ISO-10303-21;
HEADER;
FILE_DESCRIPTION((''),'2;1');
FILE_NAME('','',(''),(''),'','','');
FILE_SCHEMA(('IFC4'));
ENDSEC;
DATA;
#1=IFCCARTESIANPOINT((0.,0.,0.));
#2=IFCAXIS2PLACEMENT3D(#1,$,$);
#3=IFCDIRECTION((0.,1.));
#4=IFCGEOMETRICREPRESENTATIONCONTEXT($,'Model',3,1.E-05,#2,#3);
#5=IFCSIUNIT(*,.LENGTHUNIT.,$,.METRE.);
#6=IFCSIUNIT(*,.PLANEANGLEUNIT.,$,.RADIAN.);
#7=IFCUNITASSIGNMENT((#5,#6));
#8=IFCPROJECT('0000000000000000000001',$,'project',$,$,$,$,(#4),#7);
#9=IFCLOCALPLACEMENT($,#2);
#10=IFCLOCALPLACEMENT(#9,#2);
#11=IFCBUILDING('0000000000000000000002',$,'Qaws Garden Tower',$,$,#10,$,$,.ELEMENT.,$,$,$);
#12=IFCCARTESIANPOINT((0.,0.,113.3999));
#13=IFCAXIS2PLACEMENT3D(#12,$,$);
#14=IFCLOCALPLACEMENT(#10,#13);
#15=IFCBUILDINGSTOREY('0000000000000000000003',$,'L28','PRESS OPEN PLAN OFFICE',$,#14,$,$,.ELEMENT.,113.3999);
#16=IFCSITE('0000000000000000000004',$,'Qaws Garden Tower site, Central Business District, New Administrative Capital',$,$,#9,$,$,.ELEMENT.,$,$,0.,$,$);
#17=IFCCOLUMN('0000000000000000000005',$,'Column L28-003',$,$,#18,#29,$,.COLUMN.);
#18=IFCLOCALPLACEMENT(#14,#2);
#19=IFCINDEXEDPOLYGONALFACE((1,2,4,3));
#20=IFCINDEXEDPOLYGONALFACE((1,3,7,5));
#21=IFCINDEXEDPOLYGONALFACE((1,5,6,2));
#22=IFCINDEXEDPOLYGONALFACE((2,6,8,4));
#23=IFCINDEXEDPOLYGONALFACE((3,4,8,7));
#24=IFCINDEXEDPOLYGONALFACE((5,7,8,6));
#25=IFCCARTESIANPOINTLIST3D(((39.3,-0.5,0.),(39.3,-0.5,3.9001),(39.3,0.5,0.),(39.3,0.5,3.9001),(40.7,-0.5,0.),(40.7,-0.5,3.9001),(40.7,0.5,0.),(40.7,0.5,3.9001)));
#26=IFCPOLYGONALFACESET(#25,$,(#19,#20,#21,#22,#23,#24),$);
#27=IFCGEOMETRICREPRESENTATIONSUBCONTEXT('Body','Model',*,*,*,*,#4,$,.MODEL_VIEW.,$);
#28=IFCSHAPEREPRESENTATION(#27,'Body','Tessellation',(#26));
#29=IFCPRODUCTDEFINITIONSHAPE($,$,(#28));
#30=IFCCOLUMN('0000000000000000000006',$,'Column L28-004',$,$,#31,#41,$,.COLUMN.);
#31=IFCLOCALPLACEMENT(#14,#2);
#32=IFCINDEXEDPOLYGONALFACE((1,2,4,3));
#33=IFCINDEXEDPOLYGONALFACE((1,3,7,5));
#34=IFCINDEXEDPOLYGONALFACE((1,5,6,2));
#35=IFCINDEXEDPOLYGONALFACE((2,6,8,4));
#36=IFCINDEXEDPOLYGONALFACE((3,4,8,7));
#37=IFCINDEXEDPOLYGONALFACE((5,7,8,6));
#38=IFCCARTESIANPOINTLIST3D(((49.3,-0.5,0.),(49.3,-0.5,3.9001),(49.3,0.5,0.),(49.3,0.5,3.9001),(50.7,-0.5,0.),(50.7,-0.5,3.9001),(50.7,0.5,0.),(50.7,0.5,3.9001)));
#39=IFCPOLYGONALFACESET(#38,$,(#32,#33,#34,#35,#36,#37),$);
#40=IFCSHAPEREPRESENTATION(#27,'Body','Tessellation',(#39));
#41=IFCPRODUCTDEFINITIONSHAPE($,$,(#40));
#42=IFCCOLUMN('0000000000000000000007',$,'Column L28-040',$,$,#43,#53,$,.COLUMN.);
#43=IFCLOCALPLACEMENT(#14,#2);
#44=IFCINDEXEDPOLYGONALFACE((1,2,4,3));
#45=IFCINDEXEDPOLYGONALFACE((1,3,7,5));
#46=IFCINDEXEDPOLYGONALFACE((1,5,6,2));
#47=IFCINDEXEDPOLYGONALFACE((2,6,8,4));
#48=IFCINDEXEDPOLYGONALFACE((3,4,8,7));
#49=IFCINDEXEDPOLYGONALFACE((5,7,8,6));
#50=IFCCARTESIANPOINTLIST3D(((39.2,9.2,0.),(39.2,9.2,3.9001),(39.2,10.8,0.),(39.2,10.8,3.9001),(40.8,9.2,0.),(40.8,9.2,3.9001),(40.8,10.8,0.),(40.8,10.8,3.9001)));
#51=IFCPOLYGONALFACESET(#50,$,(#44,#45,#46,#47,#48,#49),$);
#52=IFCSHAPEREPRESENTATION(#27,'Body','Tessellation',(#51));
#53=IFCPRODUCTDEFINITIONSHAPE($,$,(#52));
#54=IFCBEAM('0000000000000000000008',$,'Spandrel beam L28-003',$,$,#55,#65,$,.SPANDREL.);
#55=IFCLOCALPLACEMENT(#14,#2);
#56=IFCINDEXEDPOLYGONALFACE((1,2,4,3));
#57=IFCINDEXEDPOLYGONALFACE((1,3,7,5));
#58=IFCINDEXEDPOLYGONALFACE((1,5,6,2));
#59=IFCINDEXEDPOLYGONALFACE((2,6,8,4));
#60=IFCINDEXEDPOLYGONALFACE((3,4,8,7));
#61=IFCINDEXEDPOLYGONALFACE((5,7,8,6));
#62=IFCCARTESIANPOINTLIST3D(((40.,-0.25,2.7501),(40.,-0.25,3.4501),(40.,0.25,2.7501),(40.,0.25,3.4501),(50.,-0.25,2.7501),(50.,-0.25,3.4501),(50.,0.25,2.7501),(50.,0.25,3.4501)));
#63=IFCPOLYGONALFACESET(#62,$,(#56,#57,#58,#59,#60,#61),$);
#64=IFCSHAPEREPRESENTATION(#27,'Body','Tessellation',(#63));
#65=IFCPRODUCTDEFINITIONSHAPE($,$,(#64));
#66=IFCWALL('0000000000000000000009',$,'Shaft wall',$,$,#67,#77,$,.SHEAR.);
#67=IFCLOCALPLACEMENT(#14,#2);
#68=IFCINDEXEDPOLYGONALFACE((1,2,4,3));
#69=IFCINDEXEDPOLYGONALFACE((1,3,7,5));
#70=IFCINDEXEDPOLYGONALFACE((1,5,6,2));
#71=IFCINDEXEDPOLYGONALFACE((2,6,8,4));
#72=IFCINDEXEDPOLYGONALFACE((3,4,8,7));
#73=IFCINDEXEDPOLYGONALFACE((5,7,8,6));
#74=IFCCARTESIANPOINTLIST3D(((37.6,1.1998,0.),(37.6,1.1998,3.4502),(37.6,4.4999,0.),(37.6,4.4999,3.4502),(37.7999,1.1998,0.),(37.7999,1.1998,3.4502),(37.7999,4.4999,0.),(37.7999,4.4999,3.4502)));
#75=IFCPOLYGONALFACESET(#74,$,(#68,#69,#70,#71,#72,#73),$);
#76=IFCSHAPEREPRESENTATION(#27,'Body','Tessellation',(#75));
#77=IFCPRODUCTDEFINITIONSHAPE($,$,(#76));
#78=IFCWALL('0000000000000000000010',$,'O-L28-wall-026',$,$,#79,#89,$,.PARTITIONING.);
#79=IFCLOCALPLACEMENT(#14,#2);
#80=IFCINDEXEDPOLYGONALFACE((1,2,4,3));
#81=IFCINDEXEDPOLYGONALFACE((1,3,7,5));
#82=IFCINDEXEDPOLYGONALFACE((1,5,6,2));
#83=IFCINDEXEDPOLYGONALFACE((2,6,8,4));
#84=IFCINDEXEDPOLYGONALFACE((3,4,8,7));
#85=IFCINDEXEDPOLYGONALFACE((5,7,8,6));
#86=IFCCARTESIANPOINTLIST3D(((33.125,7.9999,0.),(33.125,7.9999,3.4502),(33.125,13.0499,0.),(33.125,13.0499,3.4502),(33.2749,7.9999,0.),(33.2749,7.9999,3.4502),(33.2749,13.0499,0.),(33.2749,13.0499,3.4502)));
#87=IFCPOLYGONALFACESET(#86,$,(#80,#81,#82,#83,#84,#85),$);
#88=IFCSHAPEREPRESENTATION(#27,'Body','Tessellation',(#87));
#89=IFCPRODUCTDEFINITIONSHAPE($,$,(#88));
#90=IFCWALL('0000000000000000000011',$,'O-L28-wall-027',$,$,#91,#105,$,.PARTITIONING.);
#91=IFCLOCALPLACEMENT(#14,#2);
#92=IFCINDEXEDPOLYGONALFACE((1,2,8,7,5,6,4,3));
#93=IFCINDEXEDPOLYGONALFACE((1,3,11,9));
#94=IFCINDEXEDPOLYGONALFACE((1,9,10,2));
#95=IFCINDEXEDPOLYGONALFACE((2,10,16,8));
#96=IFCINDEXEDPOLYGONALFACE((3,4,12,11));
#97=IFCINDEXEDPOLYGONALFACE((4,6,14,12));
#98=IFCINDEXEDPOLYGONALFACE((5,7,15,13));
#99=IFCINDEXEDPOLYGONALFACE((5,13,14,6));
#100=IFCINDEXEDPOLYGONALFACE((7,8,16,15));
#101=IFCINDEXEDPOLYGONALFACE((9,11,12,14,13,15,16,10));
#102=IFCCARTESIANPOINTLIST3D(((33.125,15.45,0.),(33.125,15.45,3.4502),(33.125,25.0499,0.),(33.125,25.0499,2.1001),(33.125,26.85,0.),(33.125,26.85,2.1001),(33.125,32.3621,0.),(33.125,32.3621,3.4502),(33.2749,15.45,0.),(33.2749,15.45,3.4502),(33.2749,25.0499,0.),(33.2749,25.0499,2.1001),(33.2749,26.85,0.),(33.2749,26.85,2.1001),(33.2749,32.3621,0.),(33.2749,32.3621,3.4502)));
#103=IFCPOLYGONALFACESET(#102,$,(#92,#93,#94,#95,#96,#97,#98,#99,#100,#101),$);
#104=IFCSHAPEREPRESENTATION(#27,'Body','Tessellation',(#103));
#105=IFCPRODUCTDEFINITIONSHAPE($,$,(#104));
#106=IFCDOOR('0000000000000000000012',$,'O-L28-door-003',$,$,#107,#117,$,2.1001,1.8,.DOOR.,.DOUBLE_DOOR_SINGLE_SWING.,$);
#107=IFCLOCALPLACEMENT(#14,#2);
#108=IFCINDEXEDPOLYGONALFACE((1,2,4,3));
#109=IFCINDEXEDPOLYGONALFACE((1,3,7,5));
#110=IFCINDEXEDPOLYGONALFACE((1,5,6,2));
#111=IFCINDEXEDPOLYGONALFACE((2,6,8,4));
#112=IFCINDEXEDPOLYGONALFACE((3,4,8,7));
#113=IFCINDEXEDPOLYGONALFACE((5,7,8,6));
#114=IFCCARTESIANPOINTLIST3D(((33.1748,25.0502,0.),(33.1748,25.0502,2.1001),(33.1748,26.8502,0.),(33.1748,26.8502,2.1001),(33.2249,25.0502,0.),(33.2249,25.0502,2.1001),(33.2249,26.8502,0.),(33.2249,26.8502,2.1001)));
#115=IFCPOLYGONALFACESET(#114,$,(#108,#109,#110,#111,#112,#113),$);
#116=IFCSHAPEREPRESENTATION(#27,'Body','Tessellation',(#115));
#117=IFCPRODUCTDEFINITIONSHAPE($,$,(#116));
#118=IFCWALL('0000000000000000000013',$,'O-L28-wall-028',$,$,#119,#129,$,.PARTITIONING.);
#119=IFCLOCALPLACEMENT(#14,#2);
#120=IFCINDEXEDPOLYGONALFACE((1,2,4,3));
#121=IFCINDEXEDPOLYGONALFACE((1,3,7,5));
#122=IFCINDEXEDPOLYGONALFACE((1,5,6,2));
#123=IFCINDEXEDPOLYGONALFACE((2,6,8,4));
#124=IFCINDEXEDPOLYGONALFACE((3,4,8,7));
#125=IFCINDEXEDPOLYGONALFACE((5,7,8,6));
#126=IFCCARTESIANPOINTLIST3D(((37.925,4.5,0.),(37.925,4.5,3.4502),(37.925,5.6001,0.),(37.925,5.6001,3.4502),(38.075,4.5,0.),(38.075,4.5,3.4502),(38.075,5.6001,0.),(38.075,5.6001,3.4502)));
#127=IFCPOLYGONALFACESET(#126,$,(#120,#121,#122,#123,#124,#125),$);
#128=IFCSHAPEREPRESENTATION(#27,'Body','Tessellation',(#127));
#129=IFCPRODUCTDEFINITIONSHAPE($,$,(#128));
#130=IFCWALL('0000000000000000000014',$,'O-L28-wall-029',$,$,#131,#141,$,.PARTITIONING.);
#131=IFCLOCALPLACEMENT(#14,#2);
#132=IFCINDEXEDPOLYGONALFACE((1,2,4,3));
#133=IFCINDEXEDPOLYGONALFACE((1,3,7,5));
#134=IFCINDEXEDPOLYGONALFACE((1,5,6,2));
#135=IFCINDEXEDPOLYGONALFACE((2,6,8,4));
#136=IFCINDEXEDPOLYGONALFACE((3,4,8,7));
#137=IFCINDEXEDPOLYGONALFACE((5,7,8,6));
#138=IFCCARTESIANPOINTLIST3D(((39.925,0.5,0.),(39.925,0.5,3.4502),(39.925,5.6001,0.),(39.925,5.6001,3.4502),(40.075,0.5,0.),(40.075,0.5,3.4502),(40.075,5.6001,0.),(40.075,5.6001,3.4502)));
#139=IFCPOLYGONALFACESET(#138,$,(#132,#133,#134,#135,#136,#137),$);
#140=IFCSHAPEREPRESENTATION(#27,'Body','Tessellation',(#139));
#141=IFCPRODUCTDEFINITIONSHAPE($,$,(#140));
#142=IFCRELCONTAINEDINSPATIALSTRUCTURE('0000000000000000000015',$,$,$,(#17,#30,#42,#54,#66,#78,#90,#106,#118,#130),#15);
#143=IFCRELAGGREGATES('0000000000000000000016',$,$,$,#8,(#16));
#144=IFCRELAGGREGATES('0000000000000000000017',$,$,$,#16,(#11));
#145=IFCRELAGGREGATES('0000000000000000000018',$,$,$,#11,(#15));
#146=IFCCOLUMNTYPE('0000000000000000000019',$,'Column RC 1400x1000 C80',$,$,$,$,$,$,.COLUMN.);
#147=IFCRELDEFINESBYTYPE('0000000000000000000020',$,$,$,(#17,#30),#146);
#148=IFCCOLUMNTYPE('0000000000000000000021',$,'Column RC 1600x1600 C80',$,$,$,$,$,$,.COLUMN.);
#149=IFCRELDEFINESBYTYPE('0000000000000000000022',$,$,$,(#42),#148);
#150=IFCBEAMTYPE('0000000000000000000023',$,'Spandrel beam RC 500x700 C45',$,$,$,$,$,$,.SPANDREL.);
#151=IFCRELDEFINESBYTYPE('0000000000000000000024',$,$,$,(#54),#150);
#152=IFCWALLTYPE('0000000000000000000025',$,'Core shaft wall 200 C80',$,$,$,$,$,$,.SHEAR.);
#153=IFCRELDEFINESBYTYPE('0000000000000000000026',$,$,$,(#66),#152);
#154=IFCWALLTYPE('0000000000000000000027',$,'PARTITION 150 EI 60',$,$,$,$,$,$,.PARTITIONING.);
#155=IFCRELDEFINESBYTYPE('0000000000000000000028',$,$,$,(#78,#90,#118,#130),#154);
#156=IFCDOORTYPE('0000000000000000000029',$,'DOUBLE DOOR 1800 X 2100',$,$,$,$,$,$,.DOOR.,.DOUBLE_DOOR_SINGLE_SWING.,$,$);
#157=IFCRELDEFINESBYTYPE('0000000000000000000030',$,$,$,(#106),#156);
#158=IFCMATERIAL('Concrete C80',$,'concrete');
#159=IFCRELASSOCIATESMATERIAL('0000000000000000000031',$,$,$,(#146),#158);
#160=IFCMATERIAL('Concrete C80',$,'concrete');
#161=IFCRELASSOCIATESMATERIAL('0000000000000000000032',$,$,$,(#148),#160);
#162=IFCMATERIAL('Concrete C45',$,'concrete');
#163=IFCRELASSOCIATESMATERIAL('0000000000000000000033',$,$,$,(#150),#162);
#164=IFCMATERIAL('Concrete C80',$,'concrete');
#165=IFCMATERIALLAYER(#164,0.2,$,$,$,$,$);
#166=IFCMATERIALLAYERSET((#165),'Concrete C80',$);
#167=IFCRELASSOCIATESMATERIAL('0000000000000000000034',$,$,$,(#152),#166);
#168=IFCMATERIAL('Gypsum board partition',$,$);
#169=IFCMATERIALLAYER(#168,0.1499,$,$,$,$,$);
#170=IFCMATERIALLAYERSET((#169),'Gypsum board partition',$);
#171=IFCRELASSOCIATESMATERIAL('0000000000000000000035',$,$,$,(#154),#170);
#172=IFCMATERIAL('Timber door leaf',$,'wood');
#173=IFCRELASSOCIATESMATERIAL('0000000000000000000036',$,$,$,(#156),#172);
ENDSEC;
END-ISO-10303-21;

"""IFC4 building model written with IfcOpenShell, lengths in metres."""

from ifc_helpers import new_model, si_unit, direction, frame, frame_2d, origin, origin_2d, place, context, subcontext, project, spatial, rectangle, extrude, material, layer, layer_set, material_profile, profile_set, type_object, element, fill, save


model = new_model("IFC4")

# Units and contexts
model_context = context("Model", 3, precision=1e-05, world=origin(), true_north=direction((0.0, 1.0)))
body_context = subcontext(model_context, "Body", "Model", "MODEL_VIEW")
ifc_project = project(units=[si_unit("LENGTHUNIT", "METRE"), si_unit("PLANEANGLEUNIT", "RADIAN")], contexts=[model_context])

# Site, building, storey
site_placement = place(None, origin())
site = spatial("IfcSite", under=ifc_project, at=site_placement, Name="Qaws Garden Tower site, Central Business District, New Administrative Capital", CompositionType="ELEMENT", RefElevation=0.0)
building_placement = place(site_placement, origin())
building = spatial("IfcBuilding", under=site, at=building_placement, Name="Qaws Garden Tower", CompositionType="ELEMENT")
storey_placement = place(building_placement, frame((0.0, 0.0, 113.3999)))
storey = spatial("IfcBuildingStorey", under=building, at=storey_placement, Name="L28", Description="PRESS OPEN PLAN OFFICE", CompositionType="ELEMENT", Elevation=113.3999)

# Columns
ifc_material_1 = material(Name="Concrete C80", Category="concrete")
ifc_material_profile_1 = material_profile(ifc_material_1, rectangle(XDim=1.3999, YDim=1.0, at=origin_2d()), Name="RC 1400x1000")
ifc_profile_set_1 = profile_set([ifc_material_profile_1], Name="Concrete C80")
column_type_1 = type_object("IfcColumnType", Name="Column RC 1400x1000 C80", PredefinedType="COLUMN", material=ifc_profile_set_1)
for number, where, z_axis, x_axis, name in (
    (1, (40.0, 0.0, 0.0), (0.0, 0.0, 1.0), (1.0, 0.0, 0.0), "Column L28-003"),
    (2, (50.0, 0.0, 0.0), (0.0, 0.0, 1.0), (1.0, 0.0, 0.0), "Column L28-004"),
):
    element("IfcColumn", number, at=place(storey_placement, frame(where, z_axis=z_axis, x_axis=x_axis)), inside=storey, type_object=column_type_1, Name=name, PredefinedType="COLUMN", context=body_context, shape_type="SweptSolid", body=[
        extrude(rectangle(XDim=1.3999, YDim=1.0, at=origin_2d()), origin(), (0.0, 0.0, 1.0), 3.9001),
    ])
ifc_material_2 = material(Name="Concrete C80", Category="concrete")
ifc_material_profile_2 = material_profile(ifc_material_2, rectangle(XDim=1.6001, YDim=1.6001, at=origin_2d()), Name="RC 1600x1600")
ifc_profile_set_2 = profile_set([ifc_material_profile_2], Name="Concrete C80")
column_type_2 = type_object("IfcColumnType", Name="Column RC 1600x1600 C80", PredefinedType="COLUMN", material=ifc_profile_set_2)
column_placement = place(storey_placement, frame((40.0, 10.0, 0.0), z_axis=(0.0, 0.0, 1.0), x_axis=(1.0, 0.0, 0.0)))
element("IfcColumn", 3, at=column_placement, inside=storey, type_object=column_type_2, Name="Column L28-040", PredefinedType="COLUMN", context=body_context, shape_type="SweptSolid", body=[
    extrude(rectangle(XDim=1.6001, YDim=1.6001, at=origin_2d()), origin(), (0.0, 0.0, 1.0), 3.9001),
])

# Beam
ifc_material_3 = material(Name="Concrete C45", Category="concrete")
ifc_material_profile_3 = material_profile(ifc_material_3, rectangle(XDim=0.5, YDim=0.7, at=origin_2d()), Name="RC 500x700")
ifc_profile_set_3 = profile_set([ifc_material_profile_3], Name="Concrete C45")
beam_type = type_object("IfcBeamType", Name="Spandrel beam RC 500x700 C45", PredefinedType="SPANDREL", material=ifc_profile_set_3)
beam_placement = place(storey_placement, frame((40.0, 0.0, 3.1001), z_axis=(1.0, 0.0, 0.0), x_axis=(0.0, 1.0, 0.0)))
element("IfcBeam", 4, at=beam_placement, inside=storey, type_object=beam_type, Name="Spandrel beam L28-003", PredefinedType="SPANDREL", context=body_context, shape_type="SweptSolid", body=[
    extrude(rectangle(XDim=0.5, YDim=0.7, at=origin_2d()), origin(), (0.0, 0.0, 1.0), 10.0),
])

# Walls
ifc_material_4 = material(Name="Concrete C80", Category="concrete")
ifc_layer_1 = layer(ifc_material_4, 0.2)
ifc_layer_set_1 = layer_set([ifc_layer_1], Name="Concrete C80")
wall_type_1 = type_object("IfcWallType", Name="Core shaft wall 200 C80", PredefinedType="SHEAR", material=ifc_layer_set_1)
wall_1_placement = place(storey_placement, frame((37.7, 1.2, 0.0), z_axis=(0.0, 0.0, 1.0), x_axis=(0.0, 1.0, 0.0)))
element("IfcWall", 5, at=wall_1_placement, inside=storey, type_object=wall_type_1, Name="Shaft wall", PredefinedType="SHEAR", context=body_context, shape_type="SweptSolid", body=[
    extrude(rectangle(XDim=3.3, YDim=0.2, at=frame_2d((1.6499, 0.0))), origin(), (0.0, 0.0, 1.0), 3.4502),
])
ifc_material_5 = material(Name="Gypsum board partition")
ifc_layer_2 = layer(ifc_material_5, 0.1499)
ifc_layer_set_2 = layer_set([ifc_layer_2], Name="Gypsum board partition")
wall_type_2 = type_object("IfcWallType", Name="PARTITION 150 EI 60", PredefinedType="PARTITIONING", material=ifc_layer_set_2)
wall_2_placement = place(storey_placement, frame((33.2, 8.0, 0.0), z_axis=(0.0, 0.0, 1.0), x_axis=(0.0, 1.0, 0.0)))
element("IfcWall", 6, at=wall_2_placement, inside=storey, type_object=wall_type_2, Name="O-L28-wall-026", PredefinedType="PARTITIONING", context=body_context, shape_type="SweptSolid", body=[
    extrude(rectangle(XDim=5.05, YDim=0.1499, at=frame_2d((2.5249, 0.0))), origin(), (0.0, 0.0, 1.0), 3.4502),
])

# Wall, opening, door
wall_3_placement = place(storey_placement, frame((33.2, 15.45, 0.0), z_axis=(0.0, 0.0, 1.0), x_axis=(0.0, 1.0, 0.0)))
wall_3 = element("IfcWall", 7, at=wall_3_placement, inside=storey, type_object=wall_type_2, Name="O-L28-wall-027", PredefinedType="PARTITIONING", context=body_context, shape_type="SweptSolid", body=[
    extrude(rectangle(XDim=16.9121, YDim=0.1499, at=frame_2d((8.4561, 0.0))), origin(), (0.0, 0.0, 1.0), 3.4502),
])
opening_1_placement = place(wall_3_placement, frame((9.6001, 0.0, 0.0)))
opening_1 = element("IfcOpeningElement", 8, at=opening_1_placement, cuts=wall_3, PredefinedType="OPENING", context=body_context, shape_type="SweptSolid", body=[
    extrude(rectangle(XDim=1.8, YDim=2.1001, at=frame_2d((0.8999, 1.05))), frame((0.0, 0.085, 0.0), z_axis=(0.0, -1.0, 0.0), x_axis=(1.0, 0.0, 0.0)), (0.0, 0.0, 1.0), 0.1699),
])
ifc_material_6 = material(Name="Timber door leaf", Category="wood")
door_type_1 = type_object("IfcDoorType", Name="DOUBLE DOOR 1800 X 2100", OperationType="DOUBLE_DOOR_SINGLE_SWING", PredefinedType="DOOR", material=ifc_material_6)
door_1_placement = place(opening_1_placement, frame((1.8, 0.0, 0.0), z_axis=(0.0, 0.0, 1.0), x_axis=(-1.0, 0.0, 0.0)))
door_1 = element("IfcDoor", 9, at=door_1_placement, inside=storey, type_object=door_type_1, Name="O-L28-door-003", OperationType="DOUBLE_DOOR_SINGLE_SWING", OverallHeight=2.1001, OverallWidth=1.8, PredefinedType="DOOR", context=body_context, shape_type="SweptSolid", body=[
    extrude(rectangle(XDim=1.8, YDim=2.1001, at=frame_2d((0.8999, 1.05))), frame((0.0, 0.0249, 0.0), z_axis=(0.0, -1.0, 0.0), x_axis=(1.0, 0.0, 0.0)), (0.0, 0.0, 1.0), 0.05),
])
fill(opening_1, door_1)

# Walls
wall_4_placement = place(storey_placement, frame((38.0, 4.5, 0.0), z_axis=(0.0, 0.0, 1.0), x_axis=(0.0, 1.0, 0.0)))
element("IfcWall", 10, at=wall_4_placement, inside=storey, type_object=wall_type_2, Name="O-L28-wall-028", PredefinedType="PARTITIONING", context=body_context, shape_type="SweptSolid", body=[
    extrude(rectangle(XDim=1.1001, YDim=0.1499, at=frame_2d((0.55, 0.0))), origin(), (0.0, 0.0, 1.0), 3.4502),
])
wall_5_placement = place(storey_placement, frame((40.0, 0.5, 0.0), z_axis=(0.0, 0.0, 1.0), x_axis=(0.0, 1.0, 0.0)))
element("IfcWall", 11, at=wall_5_placement, inside=storey, type_object=wall_type_2, Name="O-L28-wall-029", PredefinedType="PARTITIONING", context=body_context, shape_type="SweptSolid", body=[
    extrude(rectangle(XDim=5.1001, YDim=0.1499, at=frame_2d((2.55, 0.0))), origin(), (0.0, 0.0, 1.0), 3.4502),
])

save(model, "model.ifc")
